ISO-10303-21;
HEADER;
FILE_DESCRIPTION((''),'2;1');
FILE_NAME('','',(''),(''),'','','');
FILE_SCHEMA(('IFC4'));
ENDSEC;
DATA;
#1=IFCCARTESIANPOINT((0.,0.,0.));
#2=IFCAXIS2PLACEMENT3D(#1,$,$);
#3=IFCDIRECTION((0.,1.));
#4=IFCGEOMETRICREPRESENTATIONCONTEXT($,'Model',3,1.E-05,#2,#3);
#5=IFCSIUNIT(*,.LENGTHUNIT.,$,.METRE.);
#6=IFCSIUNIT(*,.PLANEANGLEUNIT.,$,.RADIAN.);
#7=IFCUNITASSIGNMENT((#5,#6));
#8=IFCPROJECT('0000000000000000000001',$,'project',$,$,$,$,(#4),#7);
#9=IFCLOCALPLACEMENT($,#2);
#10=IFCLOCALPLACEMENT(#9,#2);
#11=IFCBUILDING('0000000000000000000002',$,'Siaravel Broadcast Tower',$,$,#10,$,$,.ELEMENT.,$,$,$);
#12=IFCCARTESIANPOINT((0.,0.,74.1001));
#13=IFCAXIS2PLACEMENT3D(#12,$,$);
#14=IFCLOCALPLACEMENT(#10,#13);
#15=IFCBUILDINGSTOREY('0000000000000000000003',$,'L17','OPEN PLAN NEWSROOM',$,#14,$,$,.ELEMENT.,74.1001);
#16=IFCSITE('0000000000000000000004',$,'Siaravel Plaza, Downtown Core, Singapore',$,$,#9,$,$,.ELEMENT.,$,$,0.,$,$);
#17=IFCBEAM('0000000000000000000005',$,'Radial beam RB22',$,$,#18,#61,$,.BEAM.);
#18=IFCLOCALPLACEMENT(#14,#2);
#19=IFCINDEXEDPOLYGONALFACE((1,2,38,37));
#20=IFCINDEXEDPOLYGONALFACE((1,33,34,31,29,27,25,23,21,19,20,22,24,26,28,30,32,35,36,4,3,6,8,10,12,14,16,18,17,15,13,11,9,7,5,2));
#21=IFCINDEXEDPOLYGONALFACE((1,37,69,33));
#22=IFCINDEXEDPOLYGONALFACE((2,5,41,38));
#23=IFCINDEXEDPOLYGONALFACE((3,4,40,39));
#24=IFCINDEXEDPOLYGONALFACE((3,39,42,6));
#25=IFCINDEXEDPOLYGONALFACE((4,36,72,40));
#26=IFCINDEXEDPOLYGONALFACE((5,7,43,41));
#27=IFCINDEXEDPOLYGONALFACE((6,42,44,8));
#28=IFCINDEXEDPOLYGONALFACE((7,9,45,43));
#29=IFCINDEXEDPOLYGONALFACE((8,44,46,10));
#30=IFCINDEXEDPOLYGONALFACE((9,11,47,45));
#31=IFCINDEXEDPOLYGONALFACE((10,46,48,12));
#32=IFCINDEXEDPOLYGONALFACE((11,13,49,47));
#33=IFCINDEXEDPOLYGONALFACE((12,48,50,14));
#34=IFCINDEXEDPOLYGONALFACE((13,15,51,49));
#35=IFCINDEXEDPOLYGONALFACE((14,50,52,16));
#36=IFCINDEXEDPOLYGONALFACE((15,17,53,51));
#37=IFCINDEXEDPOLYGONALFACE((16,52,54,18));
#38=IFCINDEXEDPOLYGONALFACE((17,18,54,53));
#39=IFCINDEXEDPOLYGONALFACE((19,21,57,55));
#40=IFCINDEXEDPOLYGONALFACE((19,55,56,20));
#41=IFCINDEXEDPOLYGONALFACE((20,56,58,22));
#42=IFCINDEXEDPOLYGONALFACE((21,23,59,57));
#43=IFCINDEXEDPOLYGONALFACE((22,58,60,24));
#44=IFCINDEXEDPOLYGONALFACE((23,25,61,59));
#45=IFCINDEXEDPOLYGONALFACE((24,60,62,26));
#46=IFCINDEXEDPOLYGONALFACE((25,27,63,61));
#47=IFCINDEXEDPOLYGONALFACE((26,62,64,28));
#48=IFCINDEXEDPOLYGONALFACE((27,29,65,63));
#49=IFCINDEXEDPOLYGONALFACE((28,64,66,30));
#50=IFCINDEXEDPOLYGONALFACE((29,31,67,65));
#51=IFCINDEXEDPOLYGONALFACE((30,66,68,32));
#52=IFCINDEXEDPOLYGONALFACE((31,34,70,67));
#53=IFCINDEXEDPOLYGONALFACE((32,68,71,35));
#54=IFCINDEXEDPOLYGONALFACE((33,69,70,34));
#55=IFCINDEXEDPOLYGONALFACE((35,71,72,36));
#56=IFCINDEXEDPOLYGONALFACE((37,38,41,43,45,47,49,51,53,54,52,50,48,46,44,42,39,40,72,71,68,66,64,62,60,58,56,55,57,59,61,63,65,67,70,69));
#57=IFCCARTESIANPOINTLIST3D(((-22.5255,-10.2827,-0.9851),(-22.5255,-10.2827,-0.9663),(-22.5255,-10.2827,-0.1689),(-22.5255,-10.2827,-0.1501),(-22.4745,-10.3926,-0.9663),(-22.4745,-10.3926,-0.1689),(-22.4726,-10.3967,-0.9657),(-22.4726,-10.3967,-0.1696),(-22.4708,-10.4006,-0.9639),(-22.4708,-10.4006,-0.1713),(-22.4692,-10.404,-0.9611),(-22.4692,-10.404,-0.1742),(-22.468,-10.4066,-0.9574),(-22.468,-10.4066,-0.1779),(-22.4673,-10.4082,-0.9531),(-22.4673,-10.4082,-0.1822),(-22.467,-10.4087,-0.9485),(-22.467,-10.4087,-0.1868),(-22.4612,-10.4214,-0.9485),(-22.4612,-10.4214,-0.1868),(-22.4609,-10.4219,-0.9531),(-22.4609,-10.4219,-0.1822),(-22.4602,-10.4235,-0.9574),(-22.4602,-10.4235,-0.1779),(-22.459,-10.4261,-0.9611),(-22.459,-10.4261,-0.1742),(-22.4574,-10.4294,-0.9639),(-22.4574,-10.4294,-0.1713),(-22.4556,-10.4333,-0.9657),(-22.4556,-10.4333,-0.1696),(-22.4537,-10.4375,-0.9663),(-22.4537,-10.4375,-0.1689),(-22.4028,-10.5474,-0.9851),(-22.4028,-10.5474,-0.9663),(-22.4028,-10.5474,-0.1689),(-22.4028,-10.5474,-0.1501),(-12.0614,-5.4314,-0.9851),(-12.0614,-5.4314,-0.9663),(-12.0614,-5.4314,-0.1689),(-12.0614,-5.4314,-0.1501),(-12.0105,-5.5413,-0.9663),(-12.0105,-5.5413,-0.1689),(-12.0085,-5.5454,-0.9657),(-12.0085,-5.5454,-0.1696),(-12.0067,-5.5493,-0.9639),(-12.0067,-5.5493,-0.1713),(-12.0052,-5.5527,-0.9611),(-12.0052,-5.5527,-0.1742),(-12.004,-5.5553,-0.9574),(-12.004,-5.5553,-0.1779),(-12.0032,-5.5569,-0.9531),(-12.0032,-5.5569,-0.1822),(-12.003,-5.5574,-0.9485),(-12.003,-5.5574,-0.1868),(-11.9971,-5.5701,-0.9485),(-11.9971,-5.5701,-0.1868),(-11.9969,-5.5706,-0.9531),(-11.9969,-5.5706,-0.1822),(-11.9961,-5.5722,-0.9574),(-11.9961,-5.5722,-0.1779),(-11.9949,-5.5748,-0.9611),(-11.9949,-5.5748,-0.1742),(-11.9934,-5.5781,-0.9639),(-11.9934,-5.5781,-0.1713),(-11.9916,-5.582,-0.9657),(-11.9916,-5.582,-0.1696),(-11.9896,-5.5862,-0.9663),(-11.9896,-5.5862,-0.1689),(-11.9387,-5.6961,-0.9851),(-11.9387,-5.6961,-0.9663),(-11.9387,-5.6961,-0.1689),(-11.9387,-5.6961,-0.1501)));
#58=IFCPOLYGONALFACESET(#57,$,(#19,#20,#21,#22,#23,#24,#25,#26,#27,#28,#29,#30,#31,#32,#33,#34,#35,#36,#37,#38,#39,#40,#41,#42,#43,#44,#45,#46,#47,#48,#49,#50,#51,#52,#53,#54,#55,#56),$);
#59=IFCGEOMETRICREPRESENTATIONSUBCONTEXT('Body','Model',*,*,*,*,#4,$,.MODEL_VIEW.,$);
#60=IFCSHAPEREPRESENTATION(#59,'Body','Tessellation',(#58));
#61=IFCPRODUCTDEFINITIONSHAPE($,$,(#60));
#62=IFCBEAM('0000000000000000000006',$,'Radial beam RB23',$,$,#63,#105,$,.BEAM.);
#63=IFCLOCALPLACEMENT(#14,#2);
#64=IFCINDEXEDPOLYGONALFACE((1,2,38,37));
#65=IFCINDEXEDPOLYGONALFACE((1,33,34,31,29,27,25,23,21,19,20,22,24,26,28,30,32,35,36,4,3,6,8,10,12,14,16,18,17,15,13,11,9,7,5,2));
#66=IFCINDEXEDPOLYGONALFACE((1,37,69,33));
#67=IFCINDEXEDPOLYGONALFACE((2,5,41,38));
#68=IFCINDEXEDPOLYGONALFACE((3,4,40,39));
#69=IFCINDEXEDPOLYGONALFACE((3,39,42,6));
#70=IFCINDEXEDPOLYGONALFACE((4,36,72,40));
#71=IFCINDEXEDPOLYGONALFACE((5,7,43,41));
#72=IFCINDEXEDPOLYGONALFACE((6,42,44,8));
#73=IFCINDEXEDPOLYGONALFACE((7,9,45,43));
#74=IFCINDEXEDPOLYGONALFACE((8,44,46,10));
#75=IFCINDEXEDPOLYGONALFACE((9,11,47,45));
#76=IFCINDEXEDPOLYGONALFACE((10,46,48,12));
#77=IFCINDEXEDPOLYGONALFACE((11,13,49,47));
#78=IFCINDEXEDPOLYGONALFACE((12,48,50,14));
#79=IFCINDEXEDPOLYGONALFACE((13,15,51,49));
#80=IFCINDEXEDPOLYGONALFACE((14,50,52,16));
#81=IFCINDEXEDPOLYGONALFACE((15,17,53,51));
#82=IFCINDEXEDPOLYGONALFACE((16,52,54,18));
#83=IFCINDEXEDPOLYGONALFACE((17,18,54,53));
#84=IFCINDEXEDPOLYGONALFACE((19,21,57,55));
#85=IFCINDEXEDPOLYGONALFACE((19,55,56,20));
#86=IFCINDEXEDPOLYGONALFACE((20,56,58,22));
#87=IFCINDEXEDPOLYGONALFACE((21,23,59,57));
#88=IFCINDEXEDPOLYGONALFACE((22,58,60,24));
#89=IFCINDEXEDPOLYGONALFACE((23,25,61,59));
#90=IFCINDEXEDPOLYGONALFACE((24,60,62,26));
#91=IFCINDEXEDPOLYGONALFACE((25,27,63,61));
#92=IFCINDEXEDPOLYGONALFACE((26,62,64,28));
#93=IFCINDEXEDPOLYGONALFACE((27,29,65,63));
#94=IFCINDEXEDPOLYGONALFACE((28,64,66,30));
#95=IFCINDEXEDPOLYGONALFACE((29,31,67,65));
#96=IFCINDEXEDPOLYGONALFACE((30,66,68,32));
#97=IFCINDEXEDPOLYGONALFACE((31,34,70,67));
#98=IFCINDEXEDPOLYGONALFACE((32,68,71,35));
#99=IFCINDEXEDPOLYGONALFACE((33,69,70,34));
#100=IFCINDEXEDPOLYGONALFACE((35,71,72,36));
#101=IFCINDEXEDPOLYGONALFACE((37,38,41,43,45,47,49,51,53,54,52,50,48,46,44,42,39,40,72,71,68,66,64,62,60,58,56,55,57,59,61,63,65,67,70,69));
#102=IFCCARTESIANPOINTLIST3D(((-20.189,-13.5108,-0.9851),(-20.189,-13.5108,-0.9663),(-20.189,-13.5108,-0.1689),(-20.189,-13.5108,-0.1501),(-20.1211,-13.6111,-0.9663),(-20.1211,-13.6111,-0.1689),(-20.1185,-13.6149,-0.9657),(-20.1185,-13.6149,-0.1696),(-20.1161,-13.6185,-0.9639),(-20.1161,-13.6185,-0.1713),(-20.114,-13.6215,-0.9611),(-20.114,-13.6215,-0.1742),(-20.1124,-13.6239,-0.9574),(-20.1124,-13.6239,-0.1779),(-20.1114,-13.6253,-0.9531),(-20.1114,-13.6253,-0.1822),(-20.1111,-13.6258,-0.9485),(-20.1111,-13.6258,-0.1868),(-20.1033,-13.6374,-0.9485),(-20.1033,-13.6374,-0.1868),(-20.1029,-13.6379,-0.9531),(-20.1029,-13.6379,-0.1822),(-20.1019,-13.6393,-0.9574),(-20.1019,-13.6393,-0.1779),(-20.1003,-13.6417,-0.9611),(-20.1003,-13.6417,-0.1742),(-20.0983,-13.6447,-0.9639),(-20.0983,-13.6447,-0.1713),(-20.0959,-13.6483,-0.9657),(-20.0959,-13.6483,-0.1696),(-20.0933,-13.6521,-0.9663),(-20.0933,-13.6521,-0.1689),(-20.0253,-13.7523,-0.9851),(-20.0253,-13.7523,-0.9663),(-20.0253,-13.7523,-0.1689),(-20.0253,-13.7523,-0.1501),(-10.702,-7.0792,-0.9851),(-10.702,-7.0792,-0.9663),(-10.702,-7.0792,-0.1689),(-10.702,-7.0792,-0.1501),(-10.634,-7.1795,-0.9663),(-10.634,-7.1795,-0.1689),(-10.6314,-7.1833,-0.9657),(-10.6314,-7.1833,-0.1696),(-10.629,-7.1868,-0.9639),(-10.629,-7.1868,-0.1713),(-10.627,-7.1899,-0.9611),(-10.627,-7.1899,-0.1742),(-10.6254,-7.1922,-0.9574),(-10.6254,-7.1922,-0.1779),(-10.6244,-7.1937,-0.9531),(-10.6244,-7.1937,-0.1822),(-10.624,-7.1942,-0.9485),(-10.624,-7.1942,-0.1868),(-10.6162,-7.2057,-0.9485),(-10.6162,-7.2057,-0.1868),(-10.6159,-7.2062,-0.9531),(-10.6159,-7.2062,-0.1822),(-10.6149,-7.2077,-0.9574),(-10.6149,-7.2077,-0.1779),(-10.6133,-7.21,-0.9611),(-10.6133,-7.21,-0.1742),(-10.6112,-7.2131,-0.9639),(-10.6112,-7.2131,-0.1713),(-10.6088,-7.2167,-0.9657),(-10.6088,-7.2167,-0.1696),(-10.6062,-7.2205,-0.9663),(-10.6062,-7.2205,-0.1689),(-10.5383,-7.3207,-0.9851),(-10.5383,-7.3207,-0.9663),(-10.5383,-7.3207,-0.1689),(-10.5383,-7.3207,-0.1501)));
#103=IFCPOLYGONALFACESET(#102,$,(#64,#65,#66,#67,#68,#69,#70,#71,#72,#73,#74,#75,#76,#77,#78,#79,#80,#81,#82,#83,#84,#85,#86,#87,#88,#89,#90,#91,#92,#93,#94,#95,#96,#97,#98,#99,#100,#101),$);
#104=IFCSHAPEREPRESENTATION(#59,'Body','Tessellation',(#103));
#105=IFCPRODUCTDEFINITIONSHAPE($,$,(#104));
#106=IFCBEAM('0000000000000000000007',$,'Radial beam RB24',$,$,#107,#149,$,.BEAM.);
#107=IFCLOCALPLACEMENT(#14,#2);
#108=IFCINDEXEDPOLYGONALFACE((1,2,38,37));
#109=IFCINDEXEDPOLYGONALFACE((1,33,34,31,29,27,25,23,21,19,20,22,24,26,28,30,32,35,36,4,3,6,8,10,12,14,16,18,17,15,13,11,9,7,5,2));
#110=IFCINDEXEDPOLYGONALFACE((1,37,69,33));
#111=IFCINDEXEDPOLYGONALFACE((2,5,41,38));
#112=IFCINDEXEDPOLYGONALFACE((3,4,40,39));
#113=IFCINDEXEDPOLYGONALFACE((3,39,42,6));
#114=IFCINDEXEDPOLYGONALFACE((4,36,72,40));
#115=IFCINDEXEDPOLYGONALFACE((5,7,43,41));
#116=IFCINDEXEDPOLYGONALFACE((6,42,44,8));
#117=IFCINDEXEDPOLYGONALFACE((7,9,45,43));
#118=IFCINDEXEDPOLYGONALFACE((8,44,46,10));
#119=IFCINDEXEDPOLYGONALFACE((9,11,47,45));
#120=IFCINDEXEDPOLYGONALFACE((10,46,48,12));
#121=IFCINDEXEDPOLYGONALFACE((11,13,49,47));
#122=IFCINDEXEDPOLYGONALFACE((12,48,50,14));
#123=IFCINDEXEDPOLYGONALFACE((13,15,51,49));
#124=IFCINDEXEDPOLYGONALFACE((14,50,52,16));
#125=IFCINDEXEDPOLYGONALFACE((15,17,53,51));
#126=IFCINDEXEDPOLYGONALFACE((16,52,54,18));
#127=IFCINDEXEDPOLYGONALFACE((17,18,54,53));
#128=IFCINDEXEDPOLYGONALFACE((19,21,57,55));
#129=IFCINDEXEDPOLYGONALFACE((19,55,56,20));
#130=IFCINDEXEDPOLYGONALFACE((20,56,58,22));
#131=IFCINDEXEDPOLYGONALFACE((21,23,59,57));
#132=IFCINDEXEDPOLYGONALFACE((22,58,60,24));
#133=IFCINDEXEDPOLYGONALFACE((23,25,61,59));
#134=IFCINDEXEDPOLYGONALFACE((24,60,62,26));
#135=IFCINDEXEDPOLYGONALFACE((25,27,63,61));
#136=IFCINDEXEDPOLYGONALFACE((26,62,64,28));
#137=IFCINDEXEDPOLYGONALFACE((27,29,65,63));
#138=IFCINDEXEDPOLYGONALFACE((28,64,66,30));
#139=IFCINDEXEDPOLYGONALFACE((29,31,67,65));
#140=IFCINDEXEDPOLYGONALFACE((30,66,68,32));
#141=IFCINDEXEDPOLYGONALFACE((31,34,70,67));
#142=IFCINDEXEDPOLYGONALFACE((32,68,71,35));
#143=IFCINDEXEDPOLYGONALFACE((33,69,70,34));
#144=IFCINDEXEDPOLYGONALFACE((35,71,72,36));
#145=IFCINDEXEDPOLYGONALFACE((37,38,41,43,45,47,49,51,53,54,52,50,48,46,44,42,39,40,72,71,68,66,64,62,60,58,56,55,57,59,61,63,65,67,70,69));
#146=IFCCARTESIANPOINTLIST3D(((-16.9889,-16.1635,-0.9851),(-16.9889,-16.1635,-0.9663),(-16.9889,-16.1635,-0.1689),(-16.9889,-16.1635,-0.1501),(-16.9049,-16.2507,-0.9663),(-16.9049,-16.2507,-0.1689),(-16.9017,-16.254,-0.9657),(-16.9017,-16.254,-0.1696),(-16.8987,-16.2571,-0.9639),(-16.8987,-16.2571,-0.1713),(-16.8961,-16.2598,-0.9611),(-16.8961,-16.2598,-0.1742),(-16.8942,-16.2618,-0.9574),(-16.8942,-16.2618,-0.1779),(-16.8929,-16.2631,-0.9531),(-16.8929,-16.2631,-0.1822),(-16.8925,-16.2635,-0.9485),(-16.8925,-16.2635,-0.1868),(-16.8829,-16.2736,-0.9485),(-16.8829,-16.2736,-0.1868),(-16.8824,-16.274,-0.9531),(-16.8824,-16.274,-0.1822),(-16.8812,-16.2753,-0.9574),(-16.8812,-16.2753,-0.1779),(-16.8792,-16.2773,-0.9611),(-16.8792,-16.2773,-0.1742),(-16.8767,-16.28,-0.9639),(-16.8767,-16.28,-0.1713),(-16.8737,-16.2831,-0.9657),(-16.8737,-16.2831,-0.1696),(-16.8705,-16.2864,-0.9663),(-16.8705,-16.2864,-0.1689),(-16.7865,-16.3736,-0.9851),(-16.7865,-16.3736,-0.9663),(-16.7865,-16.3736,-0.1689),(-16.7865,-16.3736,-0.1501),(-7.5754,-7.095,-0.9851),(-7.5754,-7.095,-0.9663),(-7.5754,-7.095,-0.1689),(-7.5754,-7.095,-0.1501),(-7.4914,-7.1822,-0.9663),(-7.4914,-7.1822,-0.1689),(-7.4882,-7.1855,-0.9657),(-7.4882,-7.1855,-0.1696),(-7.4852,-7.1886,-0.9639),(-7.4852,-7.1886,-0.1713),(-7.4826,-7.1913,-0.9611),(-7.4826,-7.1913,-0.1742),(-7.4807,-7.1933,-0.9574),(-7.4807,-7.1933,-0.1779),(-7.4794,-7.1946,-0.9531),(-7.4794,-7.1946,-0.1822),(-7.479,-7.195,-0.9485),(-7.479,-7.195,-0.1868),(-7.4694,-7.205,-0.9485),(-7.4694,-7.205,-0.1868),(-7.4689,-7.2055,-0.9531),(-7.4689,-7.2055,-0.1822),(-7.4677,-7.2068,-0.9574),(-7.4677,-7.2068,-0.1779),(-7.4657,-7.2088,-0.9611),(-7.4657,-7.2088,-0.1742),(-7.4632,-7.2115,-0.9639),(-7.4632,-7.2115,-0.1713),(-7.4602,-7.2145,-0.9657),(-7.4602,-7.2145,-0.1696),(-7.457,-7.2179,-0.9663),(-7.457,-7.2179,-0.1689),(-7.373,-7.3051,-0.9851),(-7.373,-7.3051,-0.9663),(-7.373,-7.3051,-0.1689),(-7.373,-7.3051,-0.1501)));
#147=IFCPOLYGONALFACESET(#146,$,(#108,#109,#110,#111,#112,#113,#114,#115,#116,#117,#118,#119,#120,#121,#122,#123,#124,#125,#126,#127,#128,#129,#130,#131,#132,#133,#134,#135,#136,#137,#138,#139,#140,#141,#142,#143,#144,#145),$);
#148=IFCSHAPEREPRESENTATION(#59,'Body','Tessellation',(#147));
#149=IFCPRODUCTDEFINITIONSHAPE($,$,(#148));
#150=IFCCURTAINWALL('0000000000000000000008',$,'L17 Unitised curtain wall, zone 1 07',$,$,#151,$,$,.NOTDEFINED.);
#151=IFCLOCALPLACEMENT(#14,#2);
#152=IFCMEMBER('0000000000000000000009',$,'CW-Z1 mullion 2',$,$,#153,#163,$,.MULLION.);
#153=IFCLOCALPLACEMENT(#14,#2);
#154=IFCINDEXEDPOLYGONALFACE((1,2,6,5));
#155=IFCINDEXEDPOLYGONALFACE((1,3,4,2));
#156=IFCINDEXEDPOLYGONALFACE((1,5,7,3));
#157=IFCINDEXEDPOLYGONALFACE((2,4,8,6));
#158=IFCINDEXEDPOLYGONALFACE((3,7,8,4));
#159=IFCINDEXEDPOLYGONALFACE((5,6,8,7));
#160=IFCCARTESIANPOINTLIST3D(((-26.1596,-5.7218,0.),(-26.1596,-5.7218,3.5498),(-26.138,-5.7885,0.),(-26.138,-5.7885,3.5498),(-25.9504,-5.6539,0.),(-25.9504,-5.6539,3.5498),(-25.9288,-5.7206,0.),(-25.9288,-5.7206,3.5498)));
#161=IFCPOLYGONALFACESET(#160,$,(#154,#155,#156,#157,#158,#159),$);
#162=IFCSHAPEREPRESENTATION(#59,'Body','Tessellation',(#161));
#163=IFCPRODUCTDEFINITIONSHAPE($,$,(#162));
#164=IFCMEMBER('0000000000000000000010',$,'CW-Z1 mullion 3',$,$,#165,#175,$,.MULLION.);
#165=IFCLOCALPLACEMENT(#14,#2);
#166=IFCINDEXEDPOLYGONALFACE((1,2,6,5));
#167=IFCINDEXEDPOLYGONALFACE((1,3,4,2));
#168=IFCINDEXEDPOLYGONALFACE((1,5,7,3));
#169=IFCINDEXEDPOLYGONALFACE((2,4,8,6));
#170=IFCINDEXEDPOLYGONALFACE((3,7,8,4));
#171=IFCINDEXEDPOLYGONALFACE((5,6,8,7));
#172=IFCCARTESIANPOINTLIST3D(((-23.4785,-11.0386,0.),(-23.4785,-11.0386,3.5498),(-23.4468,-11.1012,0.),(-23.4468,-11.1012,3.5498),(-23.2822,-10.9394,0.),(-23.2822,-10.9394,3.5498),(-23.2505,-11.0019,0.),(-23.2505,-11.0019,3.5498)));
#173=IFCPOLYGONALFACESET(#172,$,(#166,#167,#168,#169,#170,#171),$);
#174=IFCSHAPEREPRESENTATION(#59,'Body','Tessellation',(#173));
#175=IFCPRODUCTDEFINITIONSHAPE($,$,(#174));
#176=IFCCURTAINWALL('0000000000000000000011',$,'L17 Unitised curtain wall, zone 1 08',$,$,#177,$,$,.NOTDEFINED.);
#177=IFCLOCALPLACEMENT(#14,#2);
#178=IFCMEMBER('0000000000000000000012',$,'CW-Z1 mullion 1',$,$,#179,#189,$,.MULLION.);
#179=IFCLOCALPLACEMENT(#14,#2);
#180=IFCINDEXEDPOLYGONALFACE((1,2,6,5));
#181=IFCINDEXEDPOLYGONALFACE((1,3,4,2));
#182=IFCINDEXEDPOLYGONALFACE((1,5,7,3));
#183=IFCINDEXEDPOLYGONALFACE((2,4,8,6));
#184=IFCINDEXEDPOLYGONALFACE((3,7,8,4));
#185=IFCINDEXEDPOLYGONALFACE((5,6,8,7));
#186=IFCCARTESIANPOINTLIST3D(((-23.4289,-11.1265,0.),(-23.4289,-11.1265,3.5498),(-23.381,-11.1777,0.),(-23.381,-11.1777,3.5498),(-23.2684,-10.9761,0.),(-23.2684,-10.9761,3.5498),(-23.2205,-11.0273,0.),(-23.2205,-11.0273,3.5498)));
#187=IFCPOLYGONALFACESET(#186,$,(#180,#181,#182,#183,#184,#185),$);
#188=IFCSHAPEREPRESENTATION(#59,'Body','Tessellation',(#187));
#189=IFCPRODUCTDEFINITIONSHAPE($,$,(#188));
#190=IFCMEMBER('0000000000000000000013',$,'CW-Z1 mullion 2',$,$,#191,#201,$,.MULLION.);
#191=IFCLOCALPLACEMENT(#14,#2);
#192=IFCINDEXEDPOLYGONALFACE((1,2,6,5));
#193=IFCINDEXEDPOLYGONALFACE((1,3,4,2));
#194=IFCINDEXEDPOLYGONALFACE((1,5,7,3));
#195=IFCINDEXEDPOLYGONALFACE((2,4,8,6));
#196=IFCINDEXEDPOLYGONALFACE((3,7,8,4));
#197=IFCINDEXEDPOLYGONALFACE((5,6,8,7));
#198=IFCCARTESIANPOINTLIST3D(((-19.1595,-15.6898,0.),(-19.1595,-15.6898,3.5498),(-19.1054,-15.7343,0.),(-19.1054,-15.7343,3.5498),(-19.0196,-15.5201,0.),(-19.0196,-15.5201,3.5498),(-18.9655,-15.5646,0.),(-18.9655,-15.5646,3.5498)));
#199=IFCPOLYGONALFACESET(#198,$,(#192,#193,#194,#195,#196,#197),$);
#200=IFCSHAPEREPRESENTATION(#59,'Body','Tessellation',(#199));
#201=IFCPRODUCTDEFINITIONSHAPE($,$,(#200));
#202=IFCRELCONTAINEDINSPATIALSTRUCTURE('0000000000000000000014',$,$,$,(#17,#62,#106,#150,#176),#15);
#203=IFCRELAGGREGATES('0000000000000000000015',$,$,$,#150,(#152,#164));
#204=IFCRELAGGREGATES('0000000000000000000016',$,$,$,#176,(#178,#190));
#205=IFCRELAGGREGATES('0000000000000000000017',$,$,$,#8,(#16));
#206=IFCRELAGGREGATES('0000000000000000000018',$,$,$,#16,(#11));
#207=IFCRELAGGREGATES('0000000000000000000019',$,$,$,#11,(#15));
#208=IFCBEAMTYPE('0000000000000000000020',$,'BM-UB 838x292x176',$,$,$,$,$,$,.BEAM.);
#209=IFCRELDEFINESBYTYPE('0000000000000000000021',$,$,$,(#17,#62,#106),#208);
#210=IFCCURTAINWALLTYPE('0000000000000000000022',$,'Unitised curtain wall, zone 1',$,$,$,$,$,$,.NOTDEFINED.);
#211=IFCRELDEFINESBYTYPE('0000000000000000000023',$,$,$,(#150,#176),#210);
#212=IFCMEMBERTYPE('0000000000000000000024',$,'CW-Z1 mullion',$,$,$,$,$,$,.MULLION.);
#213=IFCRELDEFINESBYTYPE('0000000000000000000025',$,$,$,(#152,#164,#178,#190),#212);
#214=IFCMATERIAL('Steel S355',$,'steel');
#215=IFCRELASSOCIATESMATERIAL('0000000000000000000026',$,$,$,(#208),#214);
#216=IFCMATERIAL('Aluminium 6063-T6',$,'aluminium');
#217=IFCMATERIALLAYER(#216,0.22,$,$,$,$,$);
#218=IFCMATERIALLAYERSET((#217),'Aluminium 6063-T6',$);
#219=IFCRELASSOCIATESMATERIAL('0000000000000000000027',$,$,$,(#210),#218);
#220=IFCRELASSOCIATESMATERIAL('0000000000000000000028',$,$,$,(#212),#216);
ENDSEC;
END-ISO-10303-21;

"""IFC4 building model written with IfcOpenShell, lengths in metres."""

from ifc_helpers import new_model, si_unit, direction, frame, origin, origin_2d, place, context, subcontext, project, spatial, rectangle, i_section, extrude, material, layer, layer_set, material_profile, profile_set, type_object, element, aggregate, save


model = new_model("IFC4")

# Units and contexts
model_context = context("Model", 3, precision=1e-05, world=origin(), true_north=direction((0.0, 1.0)))
body_context = subcontext(model_context, "Body", "Model", "MODEL_VIEW")
ifc_project = project(units=[si_unit("LENGTHUNIT", "METRE"), si_unit("PLANEANGLEUNIT", "RADIAN")], contexts=[model_context])

# Site, building, storey
site_placement = place(None, origin())
site = spatial("IfcSite", under=ifc_project, at=site_placement, Name="Siaravel Plaza, Downtown Core, Singapore", CompositionType="ELEMENT", RefElevation=0.0)
building_placement = place(site_placement, origin())
building = spatial("IfcBuilding", under=site, at=building_placement, Name="Siaravel Broadcast Tower", CompositionType="ELEMENT")
storey_placement = place(building_placement, frame((0.0, 0.0, 74.1001)))
storey = spatial("IfcBuildingStorey", under=building, at=storey_placement, Name="L17", Description="OPEN PLAN NEWSROOM", CompositionType="ELEMENT", Elevation=74.1001)

# Beams
ifc_material_1 = material(Name="Steel S355", Category="steel")
ifc_material_profile_1 = material_profile(ifc_material_1, i_section(OverallWidth=0.2917, OverallDepth=0.835, WebThickness=0.0139, FlangeThickness=0.0188, FilletRadius=0.0178, at=origin_2d()))
ifc_profile_set_1 = profile_set([ifc_material_profile_1], Name="Steel S355")
beam_type = type_object("IfcBeamType", Name="BM-UB 838x292x176", PredefinedType="BEAM", material=ifc_profile_set_1)
beam_1_placement = place(storey_placement, frame((-22.4641, -10.415, -0.5676), z_axis=(0.907241, 0.420611, 0.0), x_axis=(-0.420611, 0.907241, 0.0)))
element("IfcBeam", 1, at=beam_1_placement, inside=storey, type_object=beam_type, Name="Radial beam RB22", PredefinedType="BEAM", context=body_context, shape_type="SweptSolid", body=[
    extrude(i_section(OverallWidth=0.2917, OverallDepth=0.835, WebThickness=0.0139, FlangeThickness=0.0188, FilletRadius=0.0178, at=origin_2d()), origin(), (0.0, 0.0, 1.0), 11.5339),
])
beam_2_placement = place(storey_placement, frame((-20.1072, -13.6316, -0.5676), z_axis=(0.827719, 0.561142, 0.0), x_axis=(-0.561142, 0.827719, 0.0)))
element("IfcBeam", 2, at=beam_2_placement, inside=storey, type_object=beam_type, Name="Radial beam RB23", PredefinedType="BEAM", context=body_context, shape_type="SweptSolid", body=[
    extrude(i_section(OverallWidth=0.2917, OverallDepth=0.835, WebThickness=0.0139, FlangeThickness=0.0188, FilletRadius=0.0178, at=origin_2d()), origin(), (0.0, 0.0, 1.0), 11.4617),
])
beam_3_placement = place(storey_placement, frame((-16.8877, -16.2686, -0.5676), z_axis=(0.72018, 0.693788, 0.0), x_axis=(-0.693788, 0.72018, 0.0)))
element("IfcBeam", 3, at=beam_3_placement, inside=storey, type_object=beam_type, Name="Radial beam RB24", PredefinedType="BEAM", context=body_context, shape_type="SweptSolid", body=[
    extrude(i_section(OverallWidth=0.2917, OverallDepth=0.835, WebThickness=0.0139, FlangeThickness=0.0188, FilletRadius=0.0178, at=origin_2d()), origin(), (0.0, 0.0, 1.0), 13.071),
])

# Curtain walls, members
ifc_material_2 = material(Name="Aluminium 6063-T6", Category="aluminium")
ifc_layer_1 = layer(ifc_material_2, 0.22)
ifc_layer_set_1 = layer_set([ifc_layer_1], Name="Aluminium 6063-T6")
curtain_wall_type = type_object("IfcCurtainWallType", Name="Unitised curtain wall, zone 1", PredefinedType="NOTDEFINED", material=ifc_layer_set_1)
curtain_wall_1_placement = place(storey_placement, origin())
curtain_wall_1 = element("IfcCurtainWall", 4, at=curtain_wall_1_placement, inside=storey, type_object=curtain_wall_type, Name="L17 Unitised curtain wall, zone 1 07", PredefinedType="NOTDEFINED")
ifc_material_profile_2 = material_profile(ifc_material_2, rectangle(XDim=0.22, YDim=0.0701, at=origin_2d()))
ifc_profile_set_2 = profile_set([ifc_material_profile_2], Name="Aluminium 6063-T6")
member_type_1 = type_object("IfcMemberType", Name="CW-Z1 mullion", PredefinedType="MULLION", material=ifc_profile_set_2)
member_1_placement = place(storey_placement, frame((-26.0442, -5.7212, 0.0), z_axis=(0.0, 0.0, 1.0), x_axis=(0.951177, 0.308645, 0.0)))
member_1 = element("IfcMember", 5, at=member_1_placement, type_object=member_type_1, Name="CW-Z1 mullion 2", PredefinedType="MULLION", context=body_context, shape_type="SweptSolid", body=[
    extrude(rectangle(XDim=0.22, YDim=0.0701, at=origin_2d()), origin(), (0.0, 0.0, 1.0), 3.5498),
])
member_2_placement = place(storey_placement, frame((-23.3645, -11.0203, 0.0), z_axis=(0.0, 0.0, 1.0), x_axis=(0.892392, 0.451261, 0.0)))
member_2 = element("IfcMember", 6, at=member_2_placement, type_object=member_type_1, Name="CW-Z1 mullion 3", PredefinedType="MULLION", context=body_context, shape_type="SweptSolid", body=[
    extrude(rectangle(XDim=0.22, YDim=0.0701, at=origin_2d()), origin(), (0.0, 0.0, 1.0), 3.5498),
])
curtain_wall_2_placement = place(storey_placement, origin())
curtain_wall_2 = element("IfcCurtainWall", 7, at=curtain_wall_2_placement, inside=storey, type_object=curtain_wall_type, Name="L17 Unitised curtain wall, zone 1 08", PredefinedType="NOTDEFINED")
member_3_placement = place(storey_placement, frame((-23.3247, -11.0769, 0.0), z_axis=(0.0, 0.0, 1.0), x_axis=(0.729806, 0.683655, 0.0)))
member_3 = element("IfcMember", 8, at=member_3_placement, type_object=member_type_1, Name="CW-Z1 mullion 1", PredefinedType="MULLION", context=body_context, shape_type="SweptSolid", body=[
    extrude(rectangle(XDim=0.22, YDim=0.0701, at=origin_2d()), origin(), (0.0, 0.0, 1.0), 3.5498),
])
member_4_placement = place(storey_placement, frame((-19.0625, -15.6272, 0.0), z_axis=(0.0, 0.0, 1.0), x_axis=(0.636219, 0.771508, 0.0)))
member_4 = element("IfcMember", 9, at=member_4_placement, type_object=member_type_1, Name="CW-Z1 mullion 2", PredefinedType="MULLION", context=body_context, shape_type="SweptSolid", body=[
    extrude(rectangle(XDim=0.22, YDim=0.0701, at=origin_2d()), origin(), (0.0, 0.0, 1.0), 3.5498),
])

aggregate(curtain_wall_1, [member_1, member_2])
aggregate(curtain_wall_2, [member_3, member_4])

save(model, "model.ifc")
